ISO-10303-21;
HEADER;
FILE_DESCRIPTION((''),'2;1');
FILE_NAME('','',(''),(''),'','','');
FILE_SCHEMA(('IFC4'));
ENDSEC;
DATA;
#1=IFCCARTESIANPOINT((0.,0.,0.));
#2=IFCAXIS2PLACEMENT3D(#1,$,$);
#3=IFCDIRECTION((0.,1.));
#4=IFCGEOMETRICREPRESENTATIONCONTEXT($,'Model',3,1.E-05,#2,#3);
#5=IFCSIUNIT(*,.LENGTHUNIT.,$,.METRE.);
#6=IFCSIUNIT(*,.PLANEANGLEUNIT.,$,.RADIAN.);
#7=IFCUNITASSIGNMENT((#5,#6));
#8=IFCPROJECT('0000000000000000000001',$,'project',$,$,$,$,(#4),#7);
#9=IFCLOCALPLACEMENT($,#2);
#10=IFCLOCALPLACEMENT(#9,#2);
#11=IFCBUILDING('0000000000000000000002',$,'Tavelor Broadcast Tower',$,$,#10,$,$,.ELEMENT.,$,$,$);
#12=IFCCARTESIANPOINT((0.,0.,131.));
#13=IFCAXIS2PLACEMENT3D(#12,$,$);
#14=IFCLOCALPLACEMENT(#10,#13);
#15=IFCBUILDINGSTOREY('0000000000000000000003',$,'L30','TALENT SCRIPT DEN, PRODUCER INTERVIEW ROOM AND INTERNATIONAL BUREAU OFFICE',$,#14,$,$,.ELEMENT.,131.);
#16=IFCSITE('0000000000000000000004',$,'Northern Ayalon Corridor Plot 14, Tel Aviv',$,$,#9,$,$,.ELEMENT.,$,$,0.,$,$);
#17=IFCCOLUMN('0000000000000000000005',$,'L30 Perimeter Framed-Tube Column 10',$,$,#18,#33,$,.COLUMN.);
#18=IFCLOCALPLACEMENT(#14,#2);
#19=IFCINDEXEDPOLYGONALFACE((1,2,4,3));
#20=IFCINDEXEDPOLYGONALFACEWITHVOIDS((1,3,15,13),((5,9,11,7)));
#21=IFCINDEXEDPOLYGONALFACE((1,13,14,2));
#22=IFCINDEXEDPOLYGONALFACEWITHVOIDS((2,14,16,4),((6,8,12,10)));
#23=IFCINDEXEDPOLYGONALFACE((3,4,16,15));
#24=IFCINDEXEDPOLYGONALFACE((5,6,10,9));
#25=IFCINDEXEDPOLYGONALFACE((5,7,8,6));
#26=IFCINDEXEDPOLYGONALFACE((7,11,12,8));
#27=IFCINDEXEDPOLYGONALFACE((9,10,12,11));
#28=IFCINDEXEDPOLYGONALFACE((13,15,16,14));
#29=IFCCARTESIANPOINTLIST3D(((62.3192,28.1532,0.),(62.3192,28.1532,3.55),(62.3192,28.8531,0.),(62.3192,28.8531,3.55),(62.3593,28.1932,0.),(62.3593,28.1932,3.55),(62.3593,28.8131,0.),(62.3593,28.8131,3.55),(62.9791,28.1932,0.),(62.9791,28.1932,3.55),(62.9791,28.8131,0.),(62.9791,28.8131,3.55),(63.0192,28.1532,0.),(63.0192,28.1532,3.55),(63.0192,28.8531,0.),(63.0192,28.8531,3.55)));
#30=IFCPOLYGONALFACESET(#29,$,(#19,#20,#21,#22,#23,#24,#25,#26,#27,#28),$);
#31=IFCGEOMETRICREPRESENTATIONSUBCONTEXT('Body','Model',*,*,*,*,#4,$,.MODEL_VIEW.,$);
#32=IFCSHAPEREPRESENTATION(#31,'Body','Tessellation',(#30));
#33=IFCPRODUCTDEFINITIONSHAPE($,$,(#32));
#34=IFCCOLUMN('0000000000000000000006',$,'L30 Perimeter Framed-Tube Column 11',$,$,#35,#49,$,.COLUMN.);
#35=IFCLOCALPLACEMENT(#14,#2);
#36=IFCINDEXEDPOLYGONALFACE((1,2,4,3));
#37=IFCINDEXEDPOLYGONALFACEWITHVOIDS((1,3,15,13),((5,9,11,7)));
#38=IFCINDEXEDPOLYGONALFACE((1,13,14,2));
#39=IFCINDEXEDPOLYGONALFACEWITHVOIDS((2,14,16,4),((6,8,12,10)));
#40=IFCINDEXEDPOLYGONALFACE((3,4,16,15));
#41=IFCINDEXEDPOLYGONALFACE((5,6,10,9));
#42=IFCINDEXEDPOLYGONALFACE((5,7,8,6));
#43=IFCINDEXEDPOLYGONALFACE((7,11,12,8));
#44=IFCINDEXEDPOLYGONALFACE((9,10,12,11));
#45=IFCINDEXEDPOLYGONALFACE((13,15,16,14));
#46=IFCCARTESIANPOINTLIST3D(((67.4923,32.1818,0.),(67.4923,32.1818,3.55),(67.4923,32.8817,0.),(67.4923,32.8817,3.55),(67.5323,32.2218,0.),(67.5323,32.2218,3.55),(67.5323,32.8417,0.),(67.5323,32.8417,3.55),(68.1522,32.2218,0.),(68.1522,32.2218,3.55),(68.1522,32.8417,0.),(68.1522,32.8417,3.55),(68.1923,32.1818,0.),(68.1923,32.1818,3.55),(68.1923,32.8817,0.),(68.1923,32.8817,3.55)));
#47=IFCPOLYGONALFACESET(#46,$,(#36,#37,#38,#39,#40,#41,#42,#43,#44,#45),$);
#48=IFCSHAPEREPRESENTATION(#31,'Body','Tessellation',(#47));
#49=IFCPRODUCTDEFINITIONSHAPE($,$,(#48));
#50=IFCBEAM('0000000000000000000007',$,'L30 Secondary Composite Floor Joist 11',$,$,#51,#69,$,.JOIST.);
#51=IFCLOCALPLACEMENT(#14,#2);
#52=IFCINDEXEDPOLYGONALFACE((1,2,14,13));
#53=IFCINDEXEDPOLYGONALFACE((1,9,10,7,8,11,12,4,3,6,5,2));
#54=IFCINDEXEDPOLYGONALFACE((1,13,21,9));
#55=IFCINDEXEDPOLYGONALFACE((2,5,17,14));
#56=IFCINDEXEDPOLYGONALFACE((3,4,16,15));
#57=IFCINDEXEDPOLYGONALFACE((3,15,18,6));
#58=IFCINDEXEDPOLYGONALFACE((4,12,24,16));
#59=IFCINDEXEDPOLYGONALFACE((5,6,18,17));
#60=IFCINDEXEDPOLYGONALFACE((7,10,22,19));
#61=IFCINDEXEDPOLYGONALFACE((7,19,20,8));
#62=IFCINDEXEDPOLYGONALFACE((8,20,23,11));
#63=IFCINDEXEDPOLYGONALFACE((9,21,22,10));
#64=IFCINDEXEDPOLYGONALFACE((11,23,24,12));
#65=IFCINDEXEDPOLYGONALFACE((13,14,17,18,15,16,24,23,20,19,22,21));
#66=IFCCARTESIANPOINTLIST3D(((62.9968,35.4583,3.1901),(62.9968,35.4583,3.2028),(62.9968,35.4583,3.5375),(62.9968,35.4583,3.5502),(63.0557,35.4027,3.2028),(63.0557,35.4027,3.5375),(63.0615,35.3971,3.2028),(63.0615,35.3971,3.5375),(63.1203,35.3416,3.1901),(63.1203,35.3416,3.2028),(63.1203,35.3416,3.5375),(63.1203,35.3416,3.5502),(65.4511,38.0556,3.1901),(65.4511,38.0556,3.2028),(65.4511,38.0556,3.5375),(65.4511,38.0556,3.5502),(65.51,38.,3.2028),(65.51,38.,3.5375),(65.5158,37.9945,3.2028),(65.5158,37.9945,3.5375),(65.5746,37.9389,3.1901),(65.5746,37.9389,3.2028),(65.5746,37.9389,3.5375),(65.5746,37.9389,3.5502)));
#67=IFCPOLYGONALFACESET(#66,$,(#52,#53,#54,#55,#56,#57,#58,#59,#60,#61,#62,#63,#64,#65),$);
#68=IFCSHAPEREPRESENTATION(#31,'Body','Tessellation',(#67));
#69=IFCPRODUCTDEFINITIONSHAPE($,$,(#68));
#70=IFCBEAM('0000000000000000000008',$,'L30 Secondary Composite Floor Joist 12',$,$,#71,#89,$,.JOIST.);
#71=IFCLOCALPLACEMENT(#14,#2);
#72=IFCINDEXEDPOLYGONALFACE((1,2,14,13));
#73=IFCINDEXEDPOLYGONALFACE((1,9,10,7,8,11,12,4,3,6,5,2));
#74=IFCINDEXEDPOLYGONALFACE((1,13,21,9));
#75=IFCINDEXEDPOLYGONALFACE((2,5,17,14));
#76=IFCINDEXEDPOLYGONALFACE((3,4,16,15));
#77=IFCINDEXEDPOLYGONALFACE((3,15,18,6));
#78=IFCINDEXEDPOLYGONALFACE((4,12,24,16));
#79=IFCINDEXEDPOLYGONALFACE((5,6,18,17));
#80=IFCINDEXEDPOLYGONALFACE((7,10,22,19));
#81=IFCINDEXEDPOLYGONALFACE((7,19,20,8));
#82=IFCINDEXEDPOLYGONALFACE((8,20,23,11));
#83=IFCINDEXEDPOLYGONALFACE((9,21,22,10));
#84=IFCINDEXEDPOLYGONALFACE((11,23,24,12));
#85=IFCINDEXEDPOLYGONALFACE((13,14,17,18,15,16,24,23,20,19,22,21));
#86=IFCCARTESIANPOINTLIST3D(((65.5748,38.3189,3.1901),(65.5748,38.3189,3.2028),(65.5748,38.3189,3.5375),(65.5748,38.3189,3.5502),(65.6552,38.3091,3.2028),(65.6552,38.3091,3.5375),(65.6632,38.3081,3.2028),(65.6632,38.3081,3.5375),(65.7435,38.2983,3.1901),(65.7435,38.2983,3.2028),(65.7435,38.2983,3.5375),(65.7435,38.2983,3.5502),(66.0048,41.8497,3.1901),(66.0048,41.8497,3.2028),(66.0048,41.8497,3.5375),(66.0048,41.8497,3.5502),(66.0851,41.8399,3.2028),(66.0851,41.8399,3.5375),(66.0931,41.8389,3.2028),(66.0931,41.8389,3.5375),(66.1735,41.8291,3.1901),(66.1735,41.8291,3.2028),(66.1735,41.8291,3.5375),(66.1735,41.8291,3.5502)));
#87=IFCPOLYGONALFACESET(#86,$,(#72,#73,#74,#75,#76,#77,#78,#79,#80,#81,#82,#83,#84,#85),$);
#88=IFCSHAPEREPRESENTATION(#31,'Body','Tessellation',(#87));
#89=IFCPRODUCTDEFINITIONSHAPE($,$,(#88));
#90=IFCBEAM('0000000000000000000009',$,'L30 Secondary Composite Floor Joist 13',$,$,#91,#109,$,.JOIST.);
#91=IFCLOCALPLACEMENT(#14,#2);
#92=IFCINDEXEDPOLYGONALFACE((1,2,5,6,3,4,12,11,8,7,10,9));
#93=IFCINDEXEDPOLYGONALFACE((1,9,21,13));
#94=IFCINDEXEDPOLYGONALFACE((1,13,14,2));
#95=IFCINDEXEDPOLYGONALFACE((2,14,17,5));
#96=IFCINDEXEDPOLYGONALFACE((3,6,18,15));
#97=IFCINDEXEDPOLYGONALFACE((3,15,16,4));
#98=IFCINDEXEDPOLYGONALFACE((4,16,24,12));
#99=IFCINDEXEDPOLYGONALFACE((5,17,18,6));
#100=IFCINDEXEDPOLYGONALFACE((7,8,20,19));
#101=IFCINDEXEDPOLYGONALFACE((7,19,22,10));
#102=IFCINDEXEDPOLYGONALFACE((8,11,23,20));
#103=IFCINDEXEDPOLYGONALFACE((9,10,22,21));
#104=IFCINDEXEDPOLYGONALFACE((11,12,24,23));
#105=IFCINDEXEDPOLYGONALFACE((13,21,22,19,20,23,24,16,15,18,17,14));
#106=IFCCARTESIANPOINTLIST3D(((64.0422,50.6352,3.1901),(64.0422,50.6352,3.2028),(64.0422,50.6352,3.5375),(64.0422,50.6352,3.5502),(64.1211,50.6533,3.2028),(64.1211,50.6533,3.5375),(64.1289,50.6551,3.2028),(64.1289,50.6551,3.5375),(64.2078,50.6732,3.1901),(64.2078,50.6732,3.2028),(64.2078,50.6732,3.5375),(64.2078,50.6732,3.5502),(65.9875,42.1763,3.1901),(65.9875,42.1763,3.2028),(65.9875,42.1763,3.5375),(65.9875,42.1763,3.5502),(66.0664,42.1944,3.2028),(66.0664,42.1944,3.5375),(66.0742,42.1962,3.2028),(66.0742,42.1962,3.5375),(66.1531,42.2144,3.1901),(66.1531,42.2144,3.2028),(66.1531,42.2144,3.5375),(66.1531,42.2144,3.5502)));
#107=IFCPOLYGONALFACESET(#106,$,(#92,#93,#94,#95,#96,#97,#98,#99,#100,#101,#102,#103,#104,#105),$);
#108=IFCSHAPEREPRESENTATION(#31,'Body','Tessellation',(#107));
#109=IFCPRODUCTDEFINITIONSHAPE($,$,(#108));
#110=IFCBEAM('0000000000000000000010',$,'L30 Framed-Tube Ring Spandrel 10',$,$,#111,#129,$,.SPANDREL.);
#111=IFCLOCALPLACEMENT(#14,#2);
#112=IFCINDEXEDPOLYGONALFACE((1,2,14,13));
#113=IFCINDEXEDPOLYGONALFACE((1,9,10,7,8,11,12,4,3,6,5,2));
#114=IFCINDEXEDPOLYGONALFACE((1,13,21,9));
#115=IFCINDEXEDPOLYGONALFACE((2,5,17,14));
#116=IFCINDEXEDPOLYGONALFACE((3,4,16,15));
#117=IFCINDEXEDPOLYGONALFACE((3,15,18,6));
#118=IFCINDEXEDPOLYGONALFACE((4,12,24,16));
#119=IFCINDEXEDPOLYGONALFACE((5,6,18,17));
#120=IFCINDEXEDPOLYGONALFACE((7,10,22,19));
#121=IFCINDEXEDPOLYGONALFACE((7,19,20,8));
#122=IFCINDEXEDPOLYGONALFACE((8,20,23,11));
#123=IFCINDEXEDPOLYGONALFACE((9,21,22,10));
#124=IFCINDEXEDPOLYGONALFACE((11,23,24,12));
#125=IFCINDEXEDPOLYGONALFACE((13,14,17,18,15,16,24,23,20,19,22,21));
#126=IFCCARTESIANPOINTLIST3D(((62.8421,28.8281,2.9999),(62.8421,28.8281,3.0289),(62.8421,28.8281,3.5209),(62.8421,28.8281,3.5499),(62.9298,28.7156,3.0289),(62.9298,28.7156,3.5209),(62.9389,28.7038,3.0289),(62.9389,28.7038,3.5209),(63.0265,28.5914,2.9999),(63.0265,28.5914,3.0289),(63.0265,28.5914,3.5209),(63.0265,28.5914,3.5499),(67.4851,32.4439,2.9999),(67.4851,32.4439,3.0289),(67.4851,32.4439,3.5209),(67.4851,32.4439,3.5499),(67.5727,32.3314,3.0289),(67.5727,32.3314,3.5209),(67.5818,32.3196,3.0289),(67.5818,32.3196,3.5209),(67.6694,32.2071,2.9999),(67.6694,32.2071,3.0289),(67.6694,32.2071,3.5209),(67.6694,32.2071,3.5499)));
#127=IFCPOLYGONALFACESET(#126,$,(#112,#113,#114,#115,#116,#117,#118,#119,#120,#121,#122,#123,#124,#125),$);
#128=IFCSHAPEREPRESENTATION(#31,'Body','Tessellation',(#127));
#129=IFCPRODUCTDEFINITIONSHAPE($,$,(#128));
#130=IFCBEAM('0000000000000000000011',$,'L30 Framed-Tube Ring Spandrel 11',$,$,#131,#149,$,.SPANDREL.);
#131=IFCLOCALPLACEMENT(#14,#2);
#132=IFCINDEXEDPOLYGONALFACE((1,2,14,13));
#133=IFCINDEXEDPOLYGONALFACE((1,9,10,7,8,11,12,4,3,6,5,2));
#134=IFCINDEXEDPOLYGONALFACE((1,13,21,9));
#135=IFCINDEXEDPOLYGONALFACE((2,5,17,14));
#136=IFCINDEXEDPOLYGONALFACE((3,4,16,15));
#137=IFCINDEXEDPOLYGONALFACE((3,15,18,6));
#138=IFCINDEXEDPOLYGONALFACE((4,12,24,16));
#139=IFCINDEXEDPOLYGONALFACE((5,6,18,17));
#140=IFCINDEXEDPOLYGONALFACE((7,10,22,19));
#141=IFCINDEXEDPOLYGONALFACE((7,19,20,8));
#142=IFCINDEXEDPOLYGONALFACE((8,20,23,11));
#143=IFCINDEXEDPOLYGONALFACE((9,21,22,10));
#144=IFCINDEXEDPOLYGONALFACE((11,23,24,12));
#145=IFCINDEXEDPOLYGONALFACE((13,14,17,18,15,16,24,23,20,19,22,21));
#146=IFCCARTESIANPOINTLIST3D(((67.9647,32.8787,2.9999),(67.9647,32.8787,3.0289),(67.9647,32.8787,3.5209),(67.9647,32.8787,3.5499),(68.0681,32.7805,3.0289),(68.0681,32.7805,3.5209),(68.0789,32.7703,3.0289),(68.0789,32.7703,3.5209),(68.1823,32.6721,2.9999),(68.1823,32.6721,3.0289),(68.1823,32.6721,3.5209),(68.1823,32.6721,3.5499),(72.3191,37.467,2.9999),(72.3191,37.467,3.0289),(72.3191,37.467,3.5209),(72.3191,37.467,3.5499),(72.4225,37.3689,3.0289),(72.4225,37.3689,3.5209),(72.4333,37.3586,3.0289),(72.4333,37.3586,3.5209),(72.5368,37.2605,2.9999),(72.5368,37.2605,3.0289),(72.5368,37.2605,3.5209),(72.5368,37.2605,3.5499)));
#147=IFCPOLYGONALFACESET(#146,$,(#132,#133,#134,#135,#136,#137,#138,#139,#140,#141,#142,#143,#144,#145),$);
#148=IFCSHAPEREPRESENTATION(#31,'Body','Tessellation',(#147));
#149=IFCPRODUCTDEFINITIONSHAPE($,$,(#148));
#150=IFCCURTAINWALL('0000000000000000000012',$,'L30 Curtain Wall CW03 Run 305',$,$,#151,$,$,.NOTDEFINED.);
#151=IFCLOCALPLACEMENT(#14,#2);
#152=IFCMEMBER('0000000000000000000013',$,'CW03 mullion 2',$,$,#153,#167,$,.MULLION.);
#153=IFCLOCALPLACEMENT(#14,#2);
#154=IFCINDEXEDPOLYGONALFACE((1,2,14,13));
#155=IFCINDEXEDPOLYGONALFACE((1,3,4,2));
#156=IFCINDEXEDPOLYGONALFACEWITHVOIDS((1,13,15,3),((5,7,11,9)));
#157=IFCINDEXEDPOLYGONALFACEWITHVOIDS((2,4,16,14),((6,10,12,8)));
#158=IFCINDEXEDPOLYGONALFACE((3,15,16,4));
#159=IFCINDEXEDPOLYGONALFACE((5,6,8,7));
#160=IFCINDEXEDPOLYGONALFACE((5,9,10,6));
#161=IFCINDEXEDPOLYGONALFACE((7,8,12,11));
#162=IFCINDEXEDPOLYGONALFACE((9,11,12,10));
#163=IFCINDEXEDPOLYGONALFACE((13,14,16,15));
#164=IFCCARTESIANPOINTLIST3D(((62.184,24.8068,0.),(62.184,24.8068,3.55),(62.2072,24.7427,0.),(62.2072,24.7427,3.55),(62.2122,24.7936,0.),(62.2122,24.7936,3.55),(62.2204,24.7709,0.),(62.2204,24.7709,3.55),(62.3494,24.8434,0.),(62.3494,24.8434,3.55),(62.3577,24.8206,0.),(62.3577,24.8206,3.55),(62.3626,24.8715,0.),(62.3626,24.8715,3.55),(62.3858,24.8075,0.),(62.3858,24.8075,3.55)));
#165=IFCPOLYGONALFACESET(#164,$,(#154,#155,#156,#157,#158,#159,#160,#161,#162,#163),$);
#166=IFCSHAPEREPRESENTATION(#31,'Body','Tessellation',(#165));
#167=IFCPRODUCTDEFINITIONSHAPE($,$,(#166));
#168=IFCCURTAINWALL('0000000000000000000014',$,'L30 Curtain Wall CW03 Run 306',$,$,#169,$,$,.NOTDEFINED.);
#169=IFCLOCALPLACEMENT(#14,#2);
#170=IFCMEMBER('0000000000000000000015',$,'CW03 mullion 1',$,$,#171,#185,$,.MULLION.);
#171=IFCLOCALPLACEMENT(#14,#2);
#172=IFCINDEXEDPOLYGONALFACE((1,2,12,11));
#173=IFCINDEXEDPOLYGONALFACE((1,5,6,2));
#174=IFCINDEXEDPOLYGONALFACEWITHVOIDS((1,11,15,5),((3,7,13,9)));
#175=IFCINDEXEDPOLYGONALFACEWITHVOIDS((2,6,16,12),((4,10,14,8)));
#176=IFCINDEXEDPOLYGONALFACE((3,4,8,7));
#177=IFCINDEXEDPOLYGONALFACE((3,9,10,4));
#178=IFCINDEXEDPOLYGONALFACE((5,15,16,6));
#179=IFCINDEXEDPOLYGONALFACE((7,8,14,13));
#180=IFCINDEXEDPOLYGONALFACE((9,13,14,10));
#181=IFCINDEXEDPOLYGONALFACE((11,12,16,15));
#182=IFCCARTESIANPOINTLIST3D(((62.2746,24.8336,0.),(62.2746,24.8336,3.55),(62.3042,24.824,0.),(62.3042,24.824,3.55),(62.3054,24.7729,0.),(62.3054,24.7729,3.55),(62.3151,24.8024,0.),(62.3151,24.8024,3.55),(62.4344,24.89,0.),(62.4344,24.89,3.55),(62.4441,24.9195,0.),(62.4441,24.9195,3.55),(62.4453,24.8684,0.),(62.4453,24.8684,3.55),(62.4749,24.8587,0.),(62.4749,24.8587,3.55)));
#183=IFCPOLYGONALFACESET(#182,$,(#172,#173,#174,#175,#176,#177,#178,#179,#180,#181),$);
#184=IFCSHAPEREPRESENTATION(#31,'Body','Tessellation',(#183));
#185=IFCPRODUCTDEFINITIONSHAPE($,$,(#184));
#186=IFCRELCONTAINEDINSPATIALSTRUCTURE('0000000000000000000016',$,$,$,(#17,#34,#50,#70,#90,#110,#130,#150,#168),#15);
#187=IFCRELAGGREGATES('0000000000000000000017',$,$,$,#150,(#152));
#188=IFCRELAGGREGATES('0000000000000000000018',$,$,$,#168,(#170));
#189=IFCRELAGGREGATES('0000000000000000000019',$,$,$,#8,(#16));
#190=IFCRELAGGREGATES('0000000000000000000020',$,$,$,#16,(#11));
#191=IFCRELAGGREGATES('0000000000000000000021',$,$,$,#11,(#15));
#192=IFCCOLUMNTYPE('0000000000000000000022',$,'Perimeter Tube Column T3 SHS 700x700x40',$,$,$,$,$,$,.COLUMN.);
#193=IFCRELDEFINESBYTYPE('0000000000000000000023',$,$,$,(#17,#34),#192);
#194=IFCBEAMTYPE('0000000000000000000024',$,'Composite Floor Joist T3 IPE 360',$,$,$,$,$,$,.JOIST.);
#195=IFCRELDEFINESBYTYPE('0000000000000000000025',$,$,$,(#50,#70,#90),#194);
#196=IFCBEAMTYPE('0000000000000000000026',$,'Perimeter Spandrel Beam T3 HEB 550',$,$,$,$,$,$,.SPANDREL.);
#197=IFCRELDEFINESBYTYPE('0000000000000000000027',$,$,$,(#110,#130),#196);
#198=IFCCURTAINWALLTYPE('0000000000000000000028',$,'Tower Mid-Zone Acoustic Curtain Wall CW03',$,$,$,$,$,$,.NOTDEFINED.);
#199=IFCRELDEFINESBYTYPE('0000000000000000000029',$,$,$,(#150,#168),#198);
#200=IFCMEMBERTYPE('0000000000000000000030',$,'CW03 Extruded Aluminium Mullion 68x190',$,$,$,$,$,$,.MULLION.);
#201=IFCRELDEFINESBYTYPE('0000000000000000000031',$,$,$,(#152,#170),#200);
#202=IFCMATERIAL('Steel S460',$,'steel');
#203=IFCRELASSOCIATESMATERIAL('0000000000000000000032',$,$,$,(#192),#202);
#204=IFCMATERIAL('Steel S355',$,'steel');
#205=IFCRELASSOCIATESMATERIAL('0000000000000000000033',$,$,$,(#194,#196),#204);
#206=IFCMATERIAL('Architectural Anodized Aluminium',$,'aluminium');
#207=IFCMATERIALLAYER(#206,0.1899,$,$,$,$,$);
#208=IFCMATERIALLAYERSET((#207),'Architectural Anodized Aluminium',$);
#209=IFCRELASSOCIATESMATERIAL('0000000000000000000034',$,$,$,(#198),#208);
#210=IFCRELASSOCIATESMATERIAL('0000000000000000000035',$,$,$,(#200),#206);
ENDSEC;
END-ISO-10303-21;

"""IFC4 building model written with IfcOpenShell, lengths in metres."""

from ifc_helpers import new_model, si_unit, direction, frame, origin, origin_2d, place, context, subcontext, project, spatial, hollow_rectangle, i_section, extrude, source, transform, mapped, material, layer, layer_set, material_profile, profile_set, type_object, type_shapes, element, aggregate, save


model = new_model("IFC4")

# Units and contexts
model_context = context("Model", 3, precision=1e-05, world=origin(), true_north=direction((0.0, 1.0)))
body_context = subcontext(model_context, "Body", "Model", "MODEL_VIEW")
ifc_project = project(units=[si_unit("LENGTHUNIT", "METRE"), si_unit("PLANEANGLEUNIT", "RADIAN")], contexts=[model_context])

# Site, building, storey
site_placement = place(None, origin())
site = spatial("IfcSite", under=ifc_project, at=site_placement, Name="Northern Ayalon Corridor Plot 14, Tel Aviv", CompositionType="ELEMENT", RefElevation=0.0)
building_placement = place(site_placement, origin())
building = spatial("IfcBuilding", under=site, at=building_placement, Name="Tavelor Broadcast Tower", CompositionType="ELEMENT")
storey_placement = place(building_placement, frame((0.0, 0.0, 131.0)))
storey = spatial("IfcBuildingStorey", under=building, at=storey_placement, Name="L30", Description="TALENT SCRIPT DEN, PRODUCER INTERVIEW ROOM AND INTERNATIONAL BUREAU OFFICE", CompositionType="ELEMENT", Elevation=131.0)

# Columns
ifc_material_1 = material(Name="Steel S460", Category="steel")
ifc_material_profile_1 = material_profile(ifc_material_1, hollow_rectangle(XDim=0.7, YDim=0.7, WallThickness=0.04, at=origin_2d()), Name="SHS 700x700x40")
ifc_profile_set_1 = profile_set([ifc_material_profile_1], Name="Steel S460")
column_type = type_object("IfcColumnType", Name="Perimeter Tube Column T3 SHS 700x700x40", PredefinedType="COLUMN", material=ifc_profile_set_1)
for number, where, z_axis, x_axis, name in (
    (1, (62.6692, 28.5032, 0.0), (0.0, 0.0, 1.0), (1.0, 0.0, 0.0), "L30 Perimeter Framed-Tube Column 10"),
    (2, (67.8423, 32.5317, 0.0), (0.0, 0.0, 1.0), (1.0, 0.0, 0.0), "L30 Perimeter Framed-Tube Column 11"),
):
    element("IfcColumn", number, at=place(storey_placement, frame(where, z_axis=z_axis, x_axis=x_axis)), inside=storey, type_object=column_type, Name=name, PredefinedType="COLUMN", context=body_context, shape_type="SweptSolid", body=[
        extrude(hollow_rectangle(XDim=0.7, YDim=0.7, WallThickness=0.04, at=origin_2d()), origin(), (0.0, 0.0, 1.0), 3.55),
    ])

# Beams
ifc_material_2 = material(Name="Steel S355", Category="steel")
ifc_material_profile_2 = material_profile(ifc_material_2, i_section(OverallWidth=0.1699, OverallDepth=0.3601, WebThickness=0.0081, FlangeThickness=0.0127, at=origin_2d()), Name="IPE 360")
ifc_profile_set_2 = profile_set([ifc_material_profile_2], Name="Steel S355")
beam_type_1 = type_object("IfcBeamType", Name="Composite Floor Joist T3 IPE 360", PredefinedType="JOIST", material=ifc_profile_set_2)
beam_1_placement = place(storey_placement, frame((63.0586, 35.3999, 3.3701), z_axis=(0.686806, 0.726841, 0.0), x_axis=(-0.726841, 0.686806, 0.0)))
element("IfcBeam", 3, at=beam_1_placement, inside=storey, type_object=beam_type_1, Name="L30 Secondary Composite Floor Joist 11", PredefinedType="JOIST", context=body_context, shape_type="SweptSolid", body=[
    extrude(i_section(OverallWidth=0.1699, OverallDepth=0.3601, WebThickness=0.0081, FlangeThickness=0.0127, at=origin_2d()), origin(), (0.0, 0.0, 1.0), 3.5735),
])
beam_2_placement = place(storey_placement, frame((65.6592, 38.3086, 3.3701), z_axis=(0.120875, 0.992668, 0.0), x_axis=(-0.992668, 0.120875, 0.0)))
element("IfcBeam", 4, at=beam_2_placement, inside=storey, type_object=beam_type_1, Name="L30 Secondary Composite Floor Joist 12", PredefinedType="JOIST", context=body_context, shape_type="SweptSolid", body=[
    extrude(i_section(OverallWidth=0.1699, OverallDepth=0.3601, WebThickness=0.0081, FlangeThickness=0.0127, at=origin_2d()), origin(), (0.0, 0.0, 1.0), 3.5569),
])
beam_3_placement = place(storey_placement, frame((66.0703, 42.1953, 3.3701), z_axis=(-0.22412, 0.974562, 0.0), x_axis=(-0.974562, -0.22412, 0.0)))
element("IfcBeam", 5, at=beam_3_placement, inside=storey, type_object=beam_type_1, Name="L30 Secondary Composite Floor Joist 13", PredefinedType="JOIST", context=body_context, shape_type="SweptSolid", body=[
    extrude(i_section(OverallWidth=0.1699, OverallDepth=0.3601, WebThickness=0.0081, FlangeThickness=0.0127, at=origin_2d()), origin(), (0.0, 0.0, 1.0), 8.6797),
])
ifc_material_profile_3 = material_profile(ifc_material_2, i_section(OverallWidth=0.3, OverallDepth=0.55, WebThickness=0.0149, FlangeThickness=0.0291, at=origin_2d()), Name="HEB 550")
ifc_profile_set_3 = profile_set([ifc_material_profile_3], Name="Steel S355")
beam_type_2 = type_object("IfcBeamType", Name="Perimeter Spandrel Beam T3 HEB 550", PredefinedType="SPANDREL", material=ifc_profile_set_3)
beam_4_placement = place(storey_placement, frame((62.9343, 28.7097, 3.2749), z_axis=(0.78897, 0.614432, 0.0), x_axis=(-0.614432, 0.78897, 0.0)))
element("IfcBeam", 6, at=beam_4_placement, inside=storey, type_object=beam_type_2, Name="L30 Framed-Tube Ring Spandrel 10", PredefinedType="SPANDREL", context=body_context, shape_type="SweptSolid", body=[
    extrude(i_section(OverallWidth=0.3, OverallDepth=0.55, WebThickness=0.0149, FlangeThickness=0.0291, at=origin_2d()), origin(), (0.0, 0.0, 1.0), 5.8848),
])
beam_5_placement = place(storey_placement, frame((68.0735, 32.7754, 3.2749), z_axis=(0.688378, 0.725352, 0.0), x_axis=(-0.725352, 0.688378, 0.0)))
element("IfcBeam", 7, at=beam_5_placement, inside=storey, type_object=beam_type_2, Name="L30 Framed-Tube Ring Spandrel 11", PredefinedType="SPANDREL", context=body_context, shape_type="SweptSolid", body=[
    extrude(i_section(OverallWidth=0.3, OverallDepth=0.55, WebThickness=0.0149, FlangeThickness=0.0291, at=origin_2d()), origin(), (0.0, 0.0, 1.0), 6.3257),
])

# Curtain wall, member
ifc_material_3 = material(Name="Architectural Anodized Aluminium", Category="aluminium")
ifc_layer_1 = layer(ifc_material_3, 0.1899)
ifc_layer_set_1 = layer_set([ifc_layer_1], Name="Architectural Anodized Aluminium")
curtain_wall_type = type_object("IfcCurtainWallType", Name="Tower Mid-Zone Acoustic Curtain Wall CW03", PredefinedType="NOTDEFINED", material=ifc_layer_set_1)
curtain_wall_1_placement = place(storey_placement, origin())
curtain_wall_1 = element("IfcCurtainWall", 8, at=curtain_wall_1_placement, inside=storey, type_object=curtain_wall_type, Name="L30 Curtain Wall CW03 Run 305", PredefinedType="NOTDEFINED")
ifc_material_profile_4 = material_profile(ifc_material_3, hollow_rectangle(XDim=0.0681, YDim=0.1899, WallThickness=0.022, at=origin_2d()), Name="RHS 68x190x22")
ifc_profile_set_4 = profile_set([ifc_material_profile_4], Name="Architectural Anodized Aluminium")
member_type_1 = type_object("IfcMemberType", Name="CW03 Extruded Aluminium Mullion 68x190", PredefinedType="MULLION", material=ifc_profile_set_4)
shared_shape_1 = source(origin(), body_context, "Body", "SweptSolid", [
    extrude(hollow_rectangle(XDim=0.0681, YDim=0.1899, WallThickness=0.022, at=origin_2d()), origin(), (0.0, 0.0, 1.0), 3.55),
])
type_shapes(member_type_1, [shared_shape_1])
member_1_placement = place(storey_placement, frame((62.2849, 24.8071, 0.0), z_axis=(0.0, 0.0, 1.0), x_axis=(-0.340788, 0.94014, 0.0)))
member_1 = element("IfcMember", 9, at=member_1_placement, type_object=member_type_1, Name="CW03 mullion 2", PredefinedType="MULLION", context=body_context, shape_type="MappedRepresentation", body=[
    mapped(shared_shape_1, transform((0.0, 0.0, 0.0), scale=1.0)),
])
aggregate(curtain_wall_1, [member_1])

# Curtain wall, member
curtain_wall_2_placement = place(storey_placement, origin())
curtain_wall_2 = element("IfcCurtainWall", 10, at=curtain_wall_2_placement, inside=storey, type_object=curtain_wall_type, Name="L30 Curtain Wall CW03 Run 306", PredefinedType="NOTDEFINED")
member_2_placement = place(storey_placement, frame((62.3748, 24.8462, 0.0), z_axis=(0.0, 0.0, 1.0), x_axis=(-0.452049, 0.891993, 0.0)))
member_2 = element("IfcMember", 11, at=member_2_placement, type_object=member_type_1, Name="CW03 mullion 1", PredefinedType="MULLION", context=body_context, shape_type="MappedRepresentation", body=[
    mapped(shared_shape_1, transform((0.0, 0.0, 0.0), scale=1.0)),
])

aggregate(curtain_wall_2, [member_2])

save(model, "model.ifc")
